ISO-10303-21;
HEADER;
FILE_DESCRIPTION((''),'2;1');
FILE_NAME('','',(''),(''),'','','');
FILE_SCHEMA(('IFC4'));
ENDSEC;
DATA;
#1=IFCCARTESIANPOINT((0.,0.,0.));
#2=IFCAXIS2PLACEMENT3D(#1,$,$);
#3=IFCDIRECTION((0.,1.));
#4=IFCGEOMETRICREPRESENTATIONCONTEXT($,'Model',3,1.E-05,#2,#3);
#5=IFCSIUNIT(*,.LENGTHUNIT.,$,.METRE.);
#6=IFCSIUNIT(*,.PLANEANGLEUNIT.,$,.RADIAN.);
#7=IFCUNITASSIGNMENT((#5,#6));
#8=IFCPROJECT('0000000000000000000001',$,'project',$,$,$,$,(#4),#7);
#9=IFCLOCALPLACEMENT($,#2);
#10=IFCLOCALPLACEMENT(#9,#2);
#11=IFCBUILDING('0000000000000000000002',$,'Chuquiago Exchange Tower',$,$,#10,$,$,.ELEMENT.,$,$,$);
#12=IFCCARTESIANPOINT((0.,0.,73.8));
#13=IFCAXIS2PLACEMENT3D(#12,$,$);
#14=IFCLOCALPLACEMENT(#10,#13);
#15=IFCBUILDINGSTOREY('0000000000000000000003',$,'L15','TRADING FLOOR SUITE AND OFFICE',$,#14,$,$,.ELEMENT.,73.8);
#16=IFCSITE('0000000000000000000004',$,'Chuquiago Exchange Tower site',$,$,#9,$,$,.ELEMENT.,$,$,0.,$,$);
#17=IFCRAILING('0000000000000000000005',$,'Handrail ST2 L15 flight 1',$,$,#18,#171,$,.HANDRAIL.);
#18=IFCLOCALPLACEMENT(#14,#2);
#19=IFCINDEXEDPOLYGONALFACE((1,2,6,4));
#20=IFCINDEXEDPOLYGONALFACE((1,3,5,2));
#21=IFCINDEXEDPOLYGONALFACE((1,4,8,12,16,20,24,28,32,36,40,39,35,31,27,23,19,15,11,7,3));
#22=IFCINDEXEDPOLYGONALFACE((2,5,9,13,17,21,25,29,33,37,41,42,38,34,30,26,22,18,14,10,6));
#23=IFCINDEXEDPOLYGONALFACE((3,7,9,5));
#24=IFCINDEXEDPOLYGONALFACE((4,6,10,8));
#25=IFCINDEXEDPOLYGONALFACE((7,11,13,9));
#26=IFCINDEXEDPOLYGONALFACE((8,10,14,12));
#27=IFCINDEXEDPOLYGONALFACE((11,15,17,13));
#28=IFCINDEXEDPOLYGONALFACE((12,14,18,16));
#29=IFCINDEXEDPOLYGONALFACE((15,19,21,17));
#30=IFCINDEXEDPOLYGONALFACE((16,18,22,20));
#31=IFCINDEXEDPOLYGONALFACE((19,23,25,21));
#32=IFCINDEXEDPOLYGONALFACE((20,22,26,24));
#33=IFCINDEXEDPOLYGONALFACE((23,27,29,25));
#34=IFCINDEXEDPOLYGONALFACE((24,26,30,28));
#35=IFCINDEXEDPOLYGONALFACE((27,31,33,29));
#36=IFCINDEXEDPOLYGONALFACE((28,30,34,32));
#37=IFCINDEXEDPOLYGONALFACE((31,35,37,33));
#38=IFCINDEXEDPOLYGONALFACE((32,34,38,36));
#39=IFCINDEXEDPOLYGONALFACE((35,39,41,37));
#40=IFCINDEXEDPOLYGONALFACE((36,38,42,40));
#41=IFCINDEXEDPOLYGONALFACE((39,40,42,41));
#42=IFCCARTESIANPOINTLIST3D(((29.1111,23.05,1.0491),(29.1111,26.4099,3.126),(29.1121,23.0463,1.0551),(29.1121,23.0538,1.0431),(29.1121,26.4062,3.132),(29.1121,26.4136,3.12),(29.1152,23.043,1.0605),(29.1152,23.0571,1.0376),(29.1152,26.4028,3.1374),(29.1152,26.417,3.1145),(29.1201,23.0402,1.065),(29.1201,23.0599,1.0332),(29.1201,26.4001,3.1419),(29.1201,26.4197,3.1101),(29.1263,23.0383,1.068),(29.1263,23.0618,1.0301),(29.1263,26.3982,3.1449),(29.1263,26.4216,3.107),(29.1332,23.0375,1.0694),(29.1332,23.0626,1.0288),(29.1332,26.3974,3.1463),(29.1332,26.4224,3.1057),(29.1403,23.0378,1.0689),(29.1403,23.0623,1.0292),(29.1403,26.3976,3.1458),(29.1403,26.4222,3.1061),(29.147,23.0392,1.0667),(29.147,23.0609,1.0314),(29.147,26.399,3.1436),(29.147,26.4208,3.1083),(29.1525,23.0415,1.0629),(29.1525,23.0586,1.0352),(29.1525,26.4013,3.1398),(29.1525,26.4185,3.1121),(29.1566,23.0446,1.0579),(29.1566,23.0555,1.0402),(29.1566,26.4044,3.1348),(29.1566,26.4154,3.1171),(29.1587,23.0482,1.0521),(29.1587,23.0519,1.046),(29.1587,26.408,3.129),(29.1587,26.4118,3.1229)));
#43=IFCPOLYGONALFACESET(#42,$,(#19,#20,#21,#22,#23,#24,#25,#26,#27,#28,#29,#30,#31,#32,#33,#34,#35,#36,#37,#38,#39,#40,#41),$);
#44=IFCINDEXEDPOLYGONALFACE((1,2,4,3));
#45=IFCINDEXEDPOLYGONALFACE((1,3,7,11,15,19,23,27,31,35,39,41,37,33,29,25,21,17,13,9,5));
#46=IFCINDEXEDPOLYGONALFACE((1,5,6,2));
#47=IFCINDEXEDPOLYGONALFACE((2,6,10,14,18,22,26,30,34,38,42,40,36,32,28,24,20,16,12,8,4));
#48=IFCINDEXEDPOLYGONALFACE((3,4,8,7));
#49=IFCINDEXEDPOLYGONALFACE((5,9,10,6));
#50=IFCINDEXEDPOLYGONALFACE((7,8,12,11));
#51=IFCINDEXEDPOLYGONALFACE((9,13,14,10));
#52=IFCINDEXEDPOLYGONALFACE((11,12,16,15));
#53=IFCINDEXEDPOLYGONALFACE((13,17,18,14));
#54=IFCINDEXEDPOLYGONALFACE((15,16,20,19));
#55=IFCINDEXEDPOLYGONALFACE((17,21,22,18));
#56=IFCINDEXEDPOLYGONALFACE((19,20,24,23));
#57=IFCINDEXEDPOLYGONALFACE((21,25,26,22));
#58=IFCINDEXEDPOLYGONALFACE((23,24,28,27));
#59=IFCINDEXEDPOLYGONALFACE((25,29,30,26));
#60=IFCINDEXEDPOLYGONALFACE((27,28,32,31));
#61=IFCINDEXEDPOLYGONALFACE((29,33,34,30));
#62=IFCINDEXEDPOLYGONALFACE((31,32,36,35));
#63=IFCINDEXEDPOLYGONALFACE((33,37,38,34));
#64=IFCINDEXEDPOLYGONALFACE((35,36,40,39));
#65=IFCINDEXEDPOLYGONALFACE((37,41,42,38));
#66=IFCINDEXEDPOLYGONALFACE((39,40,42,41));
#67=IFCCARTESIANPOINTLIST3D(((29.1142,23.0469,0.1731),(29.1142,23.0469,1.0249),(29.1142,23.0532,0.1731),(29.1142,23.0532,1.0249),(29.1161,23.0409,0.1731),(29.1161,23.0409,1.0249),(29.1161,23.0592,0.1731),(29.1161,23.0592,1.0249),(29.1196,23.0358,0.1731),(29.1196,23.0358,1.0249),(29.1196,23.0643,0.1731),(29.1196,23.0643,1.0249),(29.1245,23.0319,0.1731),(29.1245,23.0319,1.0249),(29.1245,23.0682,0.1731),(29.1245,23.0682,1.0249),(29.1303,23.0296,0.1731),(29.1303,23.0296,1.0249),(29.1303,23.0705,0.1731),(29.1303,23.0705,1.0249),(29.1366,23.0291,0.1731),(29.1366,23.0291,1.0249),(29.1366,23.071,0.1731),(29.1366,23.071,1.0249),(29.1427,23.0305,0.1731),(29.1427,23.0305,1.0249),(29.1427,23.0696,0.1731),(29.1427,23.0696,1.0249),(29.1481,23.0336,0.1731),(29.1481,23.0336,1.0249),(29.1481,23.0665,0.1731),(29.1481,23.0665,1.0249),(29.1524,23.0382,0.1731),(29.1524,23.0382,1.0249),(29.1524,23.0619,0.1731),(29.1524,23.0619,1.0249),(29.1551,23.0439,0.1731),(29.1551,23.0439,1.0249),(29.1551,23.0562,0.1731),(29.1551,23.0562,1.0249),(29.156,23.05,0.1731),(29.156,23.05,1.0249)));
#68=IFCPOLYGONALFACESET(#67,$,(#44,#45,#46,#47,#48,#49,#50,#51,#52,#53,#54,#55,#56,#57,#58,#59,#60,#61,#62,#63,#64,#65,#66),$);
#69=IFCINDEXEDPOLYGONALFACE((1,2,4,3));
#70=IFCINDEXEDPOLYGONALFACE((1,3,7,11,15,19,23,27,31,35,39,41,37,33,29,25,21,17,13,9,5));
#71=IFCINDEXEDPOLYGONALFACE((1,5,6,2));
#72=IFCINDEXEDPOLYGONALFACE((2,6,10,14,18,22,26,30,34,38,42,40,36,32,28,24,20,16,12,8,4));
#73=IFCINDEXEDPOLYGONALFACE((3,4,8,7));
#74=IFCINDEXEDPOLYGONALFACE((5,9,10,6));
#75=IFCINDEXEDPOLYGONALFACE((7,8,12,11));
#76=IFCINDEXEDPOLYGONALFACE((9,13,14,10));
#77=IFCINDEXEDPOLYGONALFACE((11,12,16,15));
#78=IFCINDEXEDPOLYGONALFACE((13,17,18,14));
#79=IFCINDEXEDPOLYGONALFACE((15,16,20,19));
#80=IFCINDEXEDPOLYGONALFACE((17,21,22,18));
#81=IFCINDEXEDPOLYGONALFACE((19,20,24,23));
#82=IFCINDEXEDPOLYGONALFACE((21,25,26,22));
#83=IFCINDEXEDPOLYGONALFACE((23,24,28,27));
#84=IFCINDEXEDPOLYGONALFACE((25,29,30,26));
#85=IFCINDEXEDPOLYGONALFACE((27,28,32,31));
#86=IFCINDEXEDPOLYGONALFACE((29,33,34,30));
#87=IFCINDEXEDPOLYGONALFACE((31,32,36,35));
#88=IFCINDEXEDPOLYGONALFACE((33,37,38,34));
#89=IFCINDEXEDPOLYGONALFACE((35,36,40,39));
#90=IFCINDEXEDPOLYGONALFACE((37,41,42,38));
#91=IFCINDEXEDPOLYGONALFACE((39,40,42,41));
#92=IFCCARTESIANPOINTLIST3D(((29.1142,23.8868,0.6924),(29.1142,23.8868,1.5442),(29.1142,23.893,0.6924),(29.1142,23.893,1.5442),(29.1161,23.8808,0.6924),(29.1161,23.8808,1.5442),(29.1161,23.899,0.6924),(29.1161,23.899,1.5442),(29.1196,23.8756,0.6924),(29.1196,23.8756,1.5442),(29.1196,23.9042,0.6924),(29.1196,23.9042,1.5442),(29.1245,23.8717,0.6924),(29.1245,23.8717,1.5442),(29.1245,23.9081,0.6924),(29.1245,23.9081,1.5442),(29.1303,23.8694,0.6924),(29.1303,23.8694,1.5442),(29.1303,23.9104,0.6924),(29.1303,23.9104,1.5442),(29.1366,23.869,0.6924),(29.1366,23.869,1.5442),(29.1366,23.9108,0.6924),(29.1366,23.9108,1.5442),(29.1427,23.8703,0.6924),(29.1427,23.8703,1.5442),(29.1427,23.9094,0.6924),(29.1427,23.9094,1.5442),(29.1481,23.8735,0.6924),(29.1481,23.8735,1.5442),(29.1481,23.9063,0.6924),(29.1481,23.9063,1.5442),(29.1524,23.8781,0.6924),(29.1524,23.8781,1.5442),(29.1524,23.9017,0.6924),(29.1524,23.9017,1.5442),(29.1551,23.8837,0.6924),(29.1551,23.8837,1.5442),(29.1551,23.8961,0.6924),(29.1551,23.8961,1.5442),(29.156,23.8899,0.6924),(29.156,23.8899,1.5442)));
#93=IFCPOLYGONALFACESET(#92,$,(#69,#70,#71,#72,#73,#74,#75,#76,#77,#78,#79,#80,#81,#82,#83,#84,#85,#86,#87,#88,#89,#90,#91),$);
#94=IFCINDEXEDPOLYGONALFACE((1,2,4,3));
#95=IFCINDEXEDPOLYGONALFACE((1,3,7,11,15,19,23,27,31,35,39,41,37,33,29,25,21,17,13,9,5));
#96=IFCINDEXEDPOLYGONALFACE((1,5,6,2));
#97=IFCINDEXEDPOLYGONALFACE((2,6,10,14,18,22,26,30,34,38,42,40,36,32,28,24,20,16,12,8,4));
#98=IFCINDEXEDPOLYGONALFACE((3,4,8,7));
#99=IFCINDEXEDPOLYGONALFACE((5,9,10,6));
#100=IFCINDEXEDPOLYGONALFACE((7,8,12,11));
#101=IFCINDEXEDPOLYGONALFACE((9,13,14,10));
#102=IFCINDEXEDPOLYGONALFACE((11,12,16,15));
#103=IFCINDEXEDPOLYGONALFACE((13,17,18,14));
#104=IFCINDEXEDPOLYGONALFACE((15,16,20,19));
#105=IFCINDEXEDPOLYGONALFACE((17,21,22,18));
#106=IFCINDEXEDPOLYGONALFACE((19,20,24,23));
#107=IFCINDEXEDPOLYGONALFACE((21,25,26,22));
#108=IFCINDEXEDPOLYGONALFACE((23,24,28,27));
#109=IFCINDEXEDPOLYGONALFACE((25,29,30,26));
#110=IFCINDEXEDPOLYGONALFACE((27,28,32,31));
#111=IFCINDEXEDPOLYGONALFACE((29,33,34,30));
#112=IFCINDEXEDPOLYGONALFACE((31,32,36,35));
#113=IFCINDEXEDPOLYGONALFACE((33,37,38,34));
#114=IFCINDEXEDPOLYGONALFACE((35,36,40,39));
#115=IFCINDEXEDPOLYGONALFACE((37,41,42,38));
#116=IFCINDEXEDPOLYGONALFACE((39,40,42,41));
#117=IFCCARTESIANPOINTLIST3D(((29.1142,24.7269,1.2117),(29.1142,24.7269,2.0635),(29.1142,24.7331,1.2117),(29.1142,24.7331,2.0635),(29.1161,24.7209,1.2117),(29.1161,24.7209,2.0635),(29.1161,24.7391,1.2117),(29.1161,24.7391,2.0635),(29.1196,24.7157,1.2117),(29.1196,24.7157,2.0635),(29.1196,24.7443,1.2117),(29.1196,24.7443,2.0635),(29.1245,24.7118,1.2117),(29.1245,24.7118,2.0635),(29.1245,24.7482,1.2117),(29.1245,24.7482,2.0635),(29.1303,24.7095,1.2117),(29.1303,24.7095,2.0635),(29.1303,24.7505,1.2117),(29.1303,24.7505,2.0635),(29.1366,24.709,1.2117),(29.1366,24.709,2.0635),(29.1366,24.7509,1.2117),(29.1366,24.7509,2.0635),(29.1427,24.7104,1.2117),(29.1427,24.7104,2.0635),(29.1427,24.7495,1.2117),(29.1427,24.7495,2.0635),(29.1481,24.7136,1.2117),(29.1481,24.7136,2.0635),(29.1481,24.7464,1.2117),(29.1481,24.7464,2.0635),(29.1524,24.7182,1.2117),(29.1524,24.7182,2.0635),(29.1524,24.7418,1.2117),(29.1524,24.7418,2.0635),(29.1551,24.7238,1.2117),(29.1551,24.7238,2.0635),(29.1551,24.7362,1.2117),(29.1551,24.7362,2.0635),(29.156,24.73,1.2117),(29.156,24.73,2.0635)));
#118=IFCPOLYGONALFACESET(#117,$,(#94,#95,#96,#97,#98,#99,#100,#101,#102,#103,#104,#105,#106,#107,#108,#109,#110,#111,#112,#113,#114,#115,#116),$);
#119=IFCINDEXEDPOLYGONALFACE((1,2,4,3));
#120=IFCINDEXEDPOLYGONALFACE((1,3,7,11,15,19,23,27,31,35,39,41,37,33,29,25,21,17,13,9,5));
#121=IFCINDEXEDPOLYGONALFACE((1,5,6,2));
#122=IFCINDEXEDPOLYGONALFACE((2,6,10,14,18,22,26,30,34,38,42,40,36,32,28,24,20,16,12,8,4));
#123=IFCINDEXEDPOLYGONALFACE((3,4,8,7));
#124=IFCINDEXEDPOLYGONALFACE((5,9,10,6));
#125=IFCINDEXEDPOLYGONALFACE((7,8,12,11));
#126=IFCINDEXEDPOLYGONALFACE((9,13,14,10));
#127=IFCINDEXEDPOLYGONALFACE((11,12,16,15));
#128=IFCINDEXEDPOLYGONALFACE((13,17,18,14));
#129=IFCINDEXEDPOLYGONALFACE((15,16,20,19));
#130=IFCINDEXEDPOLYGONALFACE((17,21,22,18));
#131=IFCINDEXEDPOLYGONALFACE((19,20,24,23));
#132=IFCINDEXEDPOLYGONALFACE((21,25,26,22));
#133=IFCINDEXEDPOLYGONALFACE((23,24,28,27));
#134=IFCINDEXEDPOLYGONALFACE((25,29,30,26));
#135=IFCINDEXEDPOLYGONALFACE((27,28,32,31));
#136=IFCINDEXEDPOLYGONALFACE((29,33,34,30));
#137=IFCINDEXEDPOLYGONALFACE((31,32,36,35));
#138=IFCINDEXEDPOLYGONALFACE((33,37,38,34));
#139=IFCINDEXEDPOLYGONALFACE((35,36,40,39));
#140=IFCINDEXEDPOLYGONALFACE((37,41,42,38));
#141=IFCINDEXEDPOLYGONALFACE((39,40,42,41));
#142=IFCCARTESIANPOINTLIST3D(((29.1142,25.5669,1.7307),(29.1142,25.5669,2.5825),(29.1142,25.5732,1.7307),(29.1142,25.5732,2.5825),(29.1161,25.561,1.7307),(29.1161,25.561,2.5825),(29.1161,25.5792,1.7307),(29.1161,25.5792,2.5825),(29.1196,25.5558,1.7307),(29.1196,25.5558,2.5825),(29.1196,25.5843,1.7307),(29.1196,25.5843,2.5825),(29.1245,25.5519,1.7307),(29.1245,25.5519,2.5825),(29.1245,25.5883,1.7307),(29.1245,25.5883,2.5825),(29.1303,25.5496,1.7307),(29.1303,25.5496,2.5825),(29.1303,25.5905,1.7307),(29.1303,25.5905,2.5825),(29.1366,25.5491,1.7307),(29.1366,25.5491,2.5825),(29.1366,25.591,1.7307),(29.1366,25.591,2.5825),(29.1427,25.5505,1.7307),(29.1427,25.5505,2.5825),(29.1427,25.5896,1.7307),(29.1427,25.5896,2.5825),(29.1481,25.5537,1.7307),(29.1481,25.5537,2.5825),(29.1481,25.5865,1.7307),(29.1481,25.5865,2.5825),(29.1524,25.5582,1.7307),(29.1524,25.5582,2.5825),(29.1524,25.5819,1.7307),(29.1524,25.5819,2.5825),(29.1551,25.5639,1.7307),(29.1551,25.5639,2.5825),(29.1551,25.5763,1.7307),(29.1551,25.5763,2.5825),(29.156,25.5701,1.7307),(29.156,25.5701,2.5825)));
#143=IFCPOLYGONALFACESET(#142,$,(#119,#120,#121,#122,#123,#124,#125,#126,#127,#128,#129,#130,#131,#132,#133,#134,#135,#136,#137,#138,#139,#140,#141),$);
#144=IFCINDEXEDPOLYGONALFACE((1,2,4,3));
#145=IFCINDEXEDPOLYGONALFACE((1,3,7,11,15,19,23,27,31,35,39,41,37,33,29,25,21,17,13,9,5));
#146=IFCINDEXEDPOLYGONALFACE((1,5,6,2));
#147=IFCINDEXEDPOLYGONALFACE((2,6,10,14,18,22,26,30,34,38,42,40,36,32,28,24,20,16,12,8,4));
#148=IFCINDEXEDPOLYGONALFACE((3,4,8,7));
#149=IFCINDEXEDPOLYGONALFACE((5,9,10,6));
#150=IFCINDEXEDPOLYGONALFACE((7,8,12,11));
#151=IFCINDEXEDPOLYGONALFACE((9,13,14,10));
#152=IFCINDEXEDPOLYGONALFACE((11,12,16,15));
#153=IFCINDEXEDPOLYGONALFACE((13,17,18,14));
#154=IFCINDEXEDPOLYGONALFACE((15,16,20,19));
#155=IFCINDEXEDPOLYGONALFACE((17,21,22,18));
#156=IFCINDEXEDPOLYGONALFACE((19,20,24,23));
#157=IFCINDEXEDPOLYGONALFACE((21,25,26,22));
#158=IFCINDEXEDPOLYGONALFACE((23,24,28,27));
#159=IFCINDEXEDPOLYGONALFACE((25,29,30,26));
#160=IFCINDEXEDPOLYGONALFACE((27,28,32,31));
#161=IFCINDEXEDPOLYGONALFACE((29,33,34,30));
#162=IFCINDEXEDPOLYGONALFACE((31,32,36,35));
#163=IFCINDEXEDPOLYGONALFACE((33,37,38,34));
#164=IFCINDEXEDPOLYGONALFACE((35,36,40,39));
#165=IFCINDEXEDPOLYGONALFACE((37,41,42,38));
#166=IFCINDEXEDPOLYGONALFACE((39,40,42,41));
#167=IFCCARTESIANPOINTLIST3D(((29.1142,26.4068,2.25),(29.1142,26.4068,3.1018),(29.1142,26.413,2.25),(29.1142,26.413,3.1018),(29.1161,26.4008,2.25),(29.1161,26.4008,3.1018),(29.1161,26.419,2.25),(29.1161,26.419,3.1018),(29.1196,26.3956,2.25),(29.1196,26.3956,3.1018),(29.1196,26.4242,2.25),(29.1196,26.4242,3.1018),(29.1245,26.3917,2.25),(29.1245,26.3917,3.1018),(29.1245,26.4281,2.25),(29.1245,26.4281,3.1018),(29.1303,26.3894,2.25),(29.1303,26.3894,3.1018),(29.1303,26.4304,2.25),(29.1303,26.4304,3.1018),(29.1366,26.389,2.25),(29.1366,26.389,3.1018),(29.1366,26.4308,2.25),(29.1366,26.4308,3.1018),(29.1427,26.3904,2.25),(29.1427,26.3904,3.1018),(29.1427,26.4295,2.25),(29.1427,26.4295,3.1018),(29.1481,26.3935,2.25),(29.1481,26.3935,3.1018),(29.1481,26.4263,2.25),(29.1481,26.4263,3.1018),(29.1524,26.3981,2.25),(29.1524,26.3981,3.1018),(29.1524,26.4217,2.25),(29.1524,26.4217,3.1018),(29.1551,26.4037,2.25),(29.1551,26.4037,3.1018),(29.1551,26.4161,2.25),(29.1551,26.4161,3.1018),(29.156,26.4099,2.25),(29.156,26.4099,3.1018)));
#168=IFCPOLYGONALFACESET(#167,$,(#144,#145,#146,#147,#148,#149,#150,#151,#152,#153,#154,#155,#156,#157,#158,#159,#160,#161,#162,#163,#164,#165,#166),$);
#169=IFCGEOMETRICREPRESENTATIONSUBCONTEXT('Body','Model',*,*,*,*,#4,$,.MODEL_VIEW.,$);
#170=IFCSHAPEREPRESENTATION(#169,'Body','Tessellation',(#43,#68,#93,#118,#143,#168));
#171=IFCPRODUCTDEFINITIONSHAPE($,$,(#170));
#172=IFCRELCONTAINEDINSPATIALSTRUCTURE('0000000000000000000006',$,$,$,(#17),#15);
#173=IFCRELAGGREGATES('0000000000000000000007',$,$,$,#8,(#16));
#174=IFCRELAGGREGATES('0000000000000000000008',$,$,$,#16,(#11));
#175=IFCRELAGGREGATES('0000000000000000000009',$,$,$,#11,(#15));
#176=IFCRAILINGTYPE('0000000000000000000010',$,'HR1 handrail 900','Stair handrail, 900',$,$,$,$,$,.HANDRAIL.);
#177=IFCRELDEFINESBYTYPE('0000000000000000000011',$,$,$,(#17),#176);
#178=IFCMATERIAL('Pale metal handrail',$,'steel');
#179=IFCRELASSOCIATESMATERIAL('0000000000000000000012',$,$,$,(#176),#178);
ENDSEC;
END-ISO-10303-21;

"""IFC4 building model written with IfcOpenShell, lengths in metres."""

from ifc_helpers import new_model, si_unit, direction, frame, origin, origin_2d, place, context, subcontext, project, spatial, circle, extrude, material, type_object, element, save


model = new_model("IFC4")

# Units and contexts
model_context = context("Model", 3, precision=1e-05, world=origin(), true_north=direction((0.0, 1.0)))
body_context = subcontext(model_context, "Body", "Model", "MODEL_VIEW")
ifc_project = project(units=[si_unit("LENGTHUNIT", "METRE"), si_unit("PLANEANGLEUNIT", "RADIAN")], contexts=[model_context])

# Site, building, storey
site_placement = place(None, origin())
site = spatial("IfcSite", under=ifc_project, at=site_placement, Name="Chuquiago Exchange Tower site", CompositionType="ELEMENT", RefElevation=0.0)
building_placement = place(site_placement, origin())
building = spatial("IfcBuilding", under=site, at=building_placement, Name="Chuquiago Exchange Tower", CompositionType="ELEMENT")
storey_placement = place(building_placement, frame((0.0, 0.0, 73.8)))
storey = spatial("IfcBuildingStorey", under=building, at=storey_placement, Name="L15", Description="TRADING FLOOR SUITE AND OFFICE", CompositionType="ELEMENT", Elevation=73.8)

# Railing
ifc_material_1 = material(Name="Pale metal handrail", Category="steel")
railing_type_1 = type_object("IfcRailingType", Name="HR1 handrail 900", Description="Stair handrail, 900", PredefinedType="HANDRAIL", material=ifc_material_1)
for number, where, name in (
    (1, (29.135, 23.05, 0.1731), "Handrail ST2 L15 flight 1"),
):
    element("IfcRailing", number, at=place(storey_placement, frame(where)), inside=storey, type_object=railing_type_1, Name=name, PredefinedType="HANDRAIL", context=body_context, shape_type="SweptSolid", body=[
        extrude(circle(Radius=0.0239, at=origin_2d()), frame((0.0, 0.0, 0.876), z_axis=(0.0, 0.850606, 0.525803), x_axis=(-1.0, 0.0, 0.0)), (0.0, 0.0, 1.0), 3.95),
        extrude(circle(Radius=0.021, at=origin_2d()), origin(), (0.0, 0.0, 1.0), 0.8518),
        extrude(circle(Radius=0.021, at=origin_2d()), frame((0.0, 0.8398, 0.5193)), (0.0, 0.0, 1.0), 0.8518),
        extrude(circle(Radius=0.021, at=origin_2d()), frame((0.0, 1.6799, 1.0386)), (0.0, 0.0, 1.0), 0.8518),
        extrude(circle(Radius=0.021, at=origin_2d()), frame((0.0, 2.52, 1.5576)), (0.0, 0.0, 1.0), 0.8518),
        extrude(circle(Radius=0.021, at=origin_2d()), frame((0.0, 3.3599, 2.0769)), (0.0, 0.0, 1.0), 0.8518),
    ])

save(model, "model.ifc")
